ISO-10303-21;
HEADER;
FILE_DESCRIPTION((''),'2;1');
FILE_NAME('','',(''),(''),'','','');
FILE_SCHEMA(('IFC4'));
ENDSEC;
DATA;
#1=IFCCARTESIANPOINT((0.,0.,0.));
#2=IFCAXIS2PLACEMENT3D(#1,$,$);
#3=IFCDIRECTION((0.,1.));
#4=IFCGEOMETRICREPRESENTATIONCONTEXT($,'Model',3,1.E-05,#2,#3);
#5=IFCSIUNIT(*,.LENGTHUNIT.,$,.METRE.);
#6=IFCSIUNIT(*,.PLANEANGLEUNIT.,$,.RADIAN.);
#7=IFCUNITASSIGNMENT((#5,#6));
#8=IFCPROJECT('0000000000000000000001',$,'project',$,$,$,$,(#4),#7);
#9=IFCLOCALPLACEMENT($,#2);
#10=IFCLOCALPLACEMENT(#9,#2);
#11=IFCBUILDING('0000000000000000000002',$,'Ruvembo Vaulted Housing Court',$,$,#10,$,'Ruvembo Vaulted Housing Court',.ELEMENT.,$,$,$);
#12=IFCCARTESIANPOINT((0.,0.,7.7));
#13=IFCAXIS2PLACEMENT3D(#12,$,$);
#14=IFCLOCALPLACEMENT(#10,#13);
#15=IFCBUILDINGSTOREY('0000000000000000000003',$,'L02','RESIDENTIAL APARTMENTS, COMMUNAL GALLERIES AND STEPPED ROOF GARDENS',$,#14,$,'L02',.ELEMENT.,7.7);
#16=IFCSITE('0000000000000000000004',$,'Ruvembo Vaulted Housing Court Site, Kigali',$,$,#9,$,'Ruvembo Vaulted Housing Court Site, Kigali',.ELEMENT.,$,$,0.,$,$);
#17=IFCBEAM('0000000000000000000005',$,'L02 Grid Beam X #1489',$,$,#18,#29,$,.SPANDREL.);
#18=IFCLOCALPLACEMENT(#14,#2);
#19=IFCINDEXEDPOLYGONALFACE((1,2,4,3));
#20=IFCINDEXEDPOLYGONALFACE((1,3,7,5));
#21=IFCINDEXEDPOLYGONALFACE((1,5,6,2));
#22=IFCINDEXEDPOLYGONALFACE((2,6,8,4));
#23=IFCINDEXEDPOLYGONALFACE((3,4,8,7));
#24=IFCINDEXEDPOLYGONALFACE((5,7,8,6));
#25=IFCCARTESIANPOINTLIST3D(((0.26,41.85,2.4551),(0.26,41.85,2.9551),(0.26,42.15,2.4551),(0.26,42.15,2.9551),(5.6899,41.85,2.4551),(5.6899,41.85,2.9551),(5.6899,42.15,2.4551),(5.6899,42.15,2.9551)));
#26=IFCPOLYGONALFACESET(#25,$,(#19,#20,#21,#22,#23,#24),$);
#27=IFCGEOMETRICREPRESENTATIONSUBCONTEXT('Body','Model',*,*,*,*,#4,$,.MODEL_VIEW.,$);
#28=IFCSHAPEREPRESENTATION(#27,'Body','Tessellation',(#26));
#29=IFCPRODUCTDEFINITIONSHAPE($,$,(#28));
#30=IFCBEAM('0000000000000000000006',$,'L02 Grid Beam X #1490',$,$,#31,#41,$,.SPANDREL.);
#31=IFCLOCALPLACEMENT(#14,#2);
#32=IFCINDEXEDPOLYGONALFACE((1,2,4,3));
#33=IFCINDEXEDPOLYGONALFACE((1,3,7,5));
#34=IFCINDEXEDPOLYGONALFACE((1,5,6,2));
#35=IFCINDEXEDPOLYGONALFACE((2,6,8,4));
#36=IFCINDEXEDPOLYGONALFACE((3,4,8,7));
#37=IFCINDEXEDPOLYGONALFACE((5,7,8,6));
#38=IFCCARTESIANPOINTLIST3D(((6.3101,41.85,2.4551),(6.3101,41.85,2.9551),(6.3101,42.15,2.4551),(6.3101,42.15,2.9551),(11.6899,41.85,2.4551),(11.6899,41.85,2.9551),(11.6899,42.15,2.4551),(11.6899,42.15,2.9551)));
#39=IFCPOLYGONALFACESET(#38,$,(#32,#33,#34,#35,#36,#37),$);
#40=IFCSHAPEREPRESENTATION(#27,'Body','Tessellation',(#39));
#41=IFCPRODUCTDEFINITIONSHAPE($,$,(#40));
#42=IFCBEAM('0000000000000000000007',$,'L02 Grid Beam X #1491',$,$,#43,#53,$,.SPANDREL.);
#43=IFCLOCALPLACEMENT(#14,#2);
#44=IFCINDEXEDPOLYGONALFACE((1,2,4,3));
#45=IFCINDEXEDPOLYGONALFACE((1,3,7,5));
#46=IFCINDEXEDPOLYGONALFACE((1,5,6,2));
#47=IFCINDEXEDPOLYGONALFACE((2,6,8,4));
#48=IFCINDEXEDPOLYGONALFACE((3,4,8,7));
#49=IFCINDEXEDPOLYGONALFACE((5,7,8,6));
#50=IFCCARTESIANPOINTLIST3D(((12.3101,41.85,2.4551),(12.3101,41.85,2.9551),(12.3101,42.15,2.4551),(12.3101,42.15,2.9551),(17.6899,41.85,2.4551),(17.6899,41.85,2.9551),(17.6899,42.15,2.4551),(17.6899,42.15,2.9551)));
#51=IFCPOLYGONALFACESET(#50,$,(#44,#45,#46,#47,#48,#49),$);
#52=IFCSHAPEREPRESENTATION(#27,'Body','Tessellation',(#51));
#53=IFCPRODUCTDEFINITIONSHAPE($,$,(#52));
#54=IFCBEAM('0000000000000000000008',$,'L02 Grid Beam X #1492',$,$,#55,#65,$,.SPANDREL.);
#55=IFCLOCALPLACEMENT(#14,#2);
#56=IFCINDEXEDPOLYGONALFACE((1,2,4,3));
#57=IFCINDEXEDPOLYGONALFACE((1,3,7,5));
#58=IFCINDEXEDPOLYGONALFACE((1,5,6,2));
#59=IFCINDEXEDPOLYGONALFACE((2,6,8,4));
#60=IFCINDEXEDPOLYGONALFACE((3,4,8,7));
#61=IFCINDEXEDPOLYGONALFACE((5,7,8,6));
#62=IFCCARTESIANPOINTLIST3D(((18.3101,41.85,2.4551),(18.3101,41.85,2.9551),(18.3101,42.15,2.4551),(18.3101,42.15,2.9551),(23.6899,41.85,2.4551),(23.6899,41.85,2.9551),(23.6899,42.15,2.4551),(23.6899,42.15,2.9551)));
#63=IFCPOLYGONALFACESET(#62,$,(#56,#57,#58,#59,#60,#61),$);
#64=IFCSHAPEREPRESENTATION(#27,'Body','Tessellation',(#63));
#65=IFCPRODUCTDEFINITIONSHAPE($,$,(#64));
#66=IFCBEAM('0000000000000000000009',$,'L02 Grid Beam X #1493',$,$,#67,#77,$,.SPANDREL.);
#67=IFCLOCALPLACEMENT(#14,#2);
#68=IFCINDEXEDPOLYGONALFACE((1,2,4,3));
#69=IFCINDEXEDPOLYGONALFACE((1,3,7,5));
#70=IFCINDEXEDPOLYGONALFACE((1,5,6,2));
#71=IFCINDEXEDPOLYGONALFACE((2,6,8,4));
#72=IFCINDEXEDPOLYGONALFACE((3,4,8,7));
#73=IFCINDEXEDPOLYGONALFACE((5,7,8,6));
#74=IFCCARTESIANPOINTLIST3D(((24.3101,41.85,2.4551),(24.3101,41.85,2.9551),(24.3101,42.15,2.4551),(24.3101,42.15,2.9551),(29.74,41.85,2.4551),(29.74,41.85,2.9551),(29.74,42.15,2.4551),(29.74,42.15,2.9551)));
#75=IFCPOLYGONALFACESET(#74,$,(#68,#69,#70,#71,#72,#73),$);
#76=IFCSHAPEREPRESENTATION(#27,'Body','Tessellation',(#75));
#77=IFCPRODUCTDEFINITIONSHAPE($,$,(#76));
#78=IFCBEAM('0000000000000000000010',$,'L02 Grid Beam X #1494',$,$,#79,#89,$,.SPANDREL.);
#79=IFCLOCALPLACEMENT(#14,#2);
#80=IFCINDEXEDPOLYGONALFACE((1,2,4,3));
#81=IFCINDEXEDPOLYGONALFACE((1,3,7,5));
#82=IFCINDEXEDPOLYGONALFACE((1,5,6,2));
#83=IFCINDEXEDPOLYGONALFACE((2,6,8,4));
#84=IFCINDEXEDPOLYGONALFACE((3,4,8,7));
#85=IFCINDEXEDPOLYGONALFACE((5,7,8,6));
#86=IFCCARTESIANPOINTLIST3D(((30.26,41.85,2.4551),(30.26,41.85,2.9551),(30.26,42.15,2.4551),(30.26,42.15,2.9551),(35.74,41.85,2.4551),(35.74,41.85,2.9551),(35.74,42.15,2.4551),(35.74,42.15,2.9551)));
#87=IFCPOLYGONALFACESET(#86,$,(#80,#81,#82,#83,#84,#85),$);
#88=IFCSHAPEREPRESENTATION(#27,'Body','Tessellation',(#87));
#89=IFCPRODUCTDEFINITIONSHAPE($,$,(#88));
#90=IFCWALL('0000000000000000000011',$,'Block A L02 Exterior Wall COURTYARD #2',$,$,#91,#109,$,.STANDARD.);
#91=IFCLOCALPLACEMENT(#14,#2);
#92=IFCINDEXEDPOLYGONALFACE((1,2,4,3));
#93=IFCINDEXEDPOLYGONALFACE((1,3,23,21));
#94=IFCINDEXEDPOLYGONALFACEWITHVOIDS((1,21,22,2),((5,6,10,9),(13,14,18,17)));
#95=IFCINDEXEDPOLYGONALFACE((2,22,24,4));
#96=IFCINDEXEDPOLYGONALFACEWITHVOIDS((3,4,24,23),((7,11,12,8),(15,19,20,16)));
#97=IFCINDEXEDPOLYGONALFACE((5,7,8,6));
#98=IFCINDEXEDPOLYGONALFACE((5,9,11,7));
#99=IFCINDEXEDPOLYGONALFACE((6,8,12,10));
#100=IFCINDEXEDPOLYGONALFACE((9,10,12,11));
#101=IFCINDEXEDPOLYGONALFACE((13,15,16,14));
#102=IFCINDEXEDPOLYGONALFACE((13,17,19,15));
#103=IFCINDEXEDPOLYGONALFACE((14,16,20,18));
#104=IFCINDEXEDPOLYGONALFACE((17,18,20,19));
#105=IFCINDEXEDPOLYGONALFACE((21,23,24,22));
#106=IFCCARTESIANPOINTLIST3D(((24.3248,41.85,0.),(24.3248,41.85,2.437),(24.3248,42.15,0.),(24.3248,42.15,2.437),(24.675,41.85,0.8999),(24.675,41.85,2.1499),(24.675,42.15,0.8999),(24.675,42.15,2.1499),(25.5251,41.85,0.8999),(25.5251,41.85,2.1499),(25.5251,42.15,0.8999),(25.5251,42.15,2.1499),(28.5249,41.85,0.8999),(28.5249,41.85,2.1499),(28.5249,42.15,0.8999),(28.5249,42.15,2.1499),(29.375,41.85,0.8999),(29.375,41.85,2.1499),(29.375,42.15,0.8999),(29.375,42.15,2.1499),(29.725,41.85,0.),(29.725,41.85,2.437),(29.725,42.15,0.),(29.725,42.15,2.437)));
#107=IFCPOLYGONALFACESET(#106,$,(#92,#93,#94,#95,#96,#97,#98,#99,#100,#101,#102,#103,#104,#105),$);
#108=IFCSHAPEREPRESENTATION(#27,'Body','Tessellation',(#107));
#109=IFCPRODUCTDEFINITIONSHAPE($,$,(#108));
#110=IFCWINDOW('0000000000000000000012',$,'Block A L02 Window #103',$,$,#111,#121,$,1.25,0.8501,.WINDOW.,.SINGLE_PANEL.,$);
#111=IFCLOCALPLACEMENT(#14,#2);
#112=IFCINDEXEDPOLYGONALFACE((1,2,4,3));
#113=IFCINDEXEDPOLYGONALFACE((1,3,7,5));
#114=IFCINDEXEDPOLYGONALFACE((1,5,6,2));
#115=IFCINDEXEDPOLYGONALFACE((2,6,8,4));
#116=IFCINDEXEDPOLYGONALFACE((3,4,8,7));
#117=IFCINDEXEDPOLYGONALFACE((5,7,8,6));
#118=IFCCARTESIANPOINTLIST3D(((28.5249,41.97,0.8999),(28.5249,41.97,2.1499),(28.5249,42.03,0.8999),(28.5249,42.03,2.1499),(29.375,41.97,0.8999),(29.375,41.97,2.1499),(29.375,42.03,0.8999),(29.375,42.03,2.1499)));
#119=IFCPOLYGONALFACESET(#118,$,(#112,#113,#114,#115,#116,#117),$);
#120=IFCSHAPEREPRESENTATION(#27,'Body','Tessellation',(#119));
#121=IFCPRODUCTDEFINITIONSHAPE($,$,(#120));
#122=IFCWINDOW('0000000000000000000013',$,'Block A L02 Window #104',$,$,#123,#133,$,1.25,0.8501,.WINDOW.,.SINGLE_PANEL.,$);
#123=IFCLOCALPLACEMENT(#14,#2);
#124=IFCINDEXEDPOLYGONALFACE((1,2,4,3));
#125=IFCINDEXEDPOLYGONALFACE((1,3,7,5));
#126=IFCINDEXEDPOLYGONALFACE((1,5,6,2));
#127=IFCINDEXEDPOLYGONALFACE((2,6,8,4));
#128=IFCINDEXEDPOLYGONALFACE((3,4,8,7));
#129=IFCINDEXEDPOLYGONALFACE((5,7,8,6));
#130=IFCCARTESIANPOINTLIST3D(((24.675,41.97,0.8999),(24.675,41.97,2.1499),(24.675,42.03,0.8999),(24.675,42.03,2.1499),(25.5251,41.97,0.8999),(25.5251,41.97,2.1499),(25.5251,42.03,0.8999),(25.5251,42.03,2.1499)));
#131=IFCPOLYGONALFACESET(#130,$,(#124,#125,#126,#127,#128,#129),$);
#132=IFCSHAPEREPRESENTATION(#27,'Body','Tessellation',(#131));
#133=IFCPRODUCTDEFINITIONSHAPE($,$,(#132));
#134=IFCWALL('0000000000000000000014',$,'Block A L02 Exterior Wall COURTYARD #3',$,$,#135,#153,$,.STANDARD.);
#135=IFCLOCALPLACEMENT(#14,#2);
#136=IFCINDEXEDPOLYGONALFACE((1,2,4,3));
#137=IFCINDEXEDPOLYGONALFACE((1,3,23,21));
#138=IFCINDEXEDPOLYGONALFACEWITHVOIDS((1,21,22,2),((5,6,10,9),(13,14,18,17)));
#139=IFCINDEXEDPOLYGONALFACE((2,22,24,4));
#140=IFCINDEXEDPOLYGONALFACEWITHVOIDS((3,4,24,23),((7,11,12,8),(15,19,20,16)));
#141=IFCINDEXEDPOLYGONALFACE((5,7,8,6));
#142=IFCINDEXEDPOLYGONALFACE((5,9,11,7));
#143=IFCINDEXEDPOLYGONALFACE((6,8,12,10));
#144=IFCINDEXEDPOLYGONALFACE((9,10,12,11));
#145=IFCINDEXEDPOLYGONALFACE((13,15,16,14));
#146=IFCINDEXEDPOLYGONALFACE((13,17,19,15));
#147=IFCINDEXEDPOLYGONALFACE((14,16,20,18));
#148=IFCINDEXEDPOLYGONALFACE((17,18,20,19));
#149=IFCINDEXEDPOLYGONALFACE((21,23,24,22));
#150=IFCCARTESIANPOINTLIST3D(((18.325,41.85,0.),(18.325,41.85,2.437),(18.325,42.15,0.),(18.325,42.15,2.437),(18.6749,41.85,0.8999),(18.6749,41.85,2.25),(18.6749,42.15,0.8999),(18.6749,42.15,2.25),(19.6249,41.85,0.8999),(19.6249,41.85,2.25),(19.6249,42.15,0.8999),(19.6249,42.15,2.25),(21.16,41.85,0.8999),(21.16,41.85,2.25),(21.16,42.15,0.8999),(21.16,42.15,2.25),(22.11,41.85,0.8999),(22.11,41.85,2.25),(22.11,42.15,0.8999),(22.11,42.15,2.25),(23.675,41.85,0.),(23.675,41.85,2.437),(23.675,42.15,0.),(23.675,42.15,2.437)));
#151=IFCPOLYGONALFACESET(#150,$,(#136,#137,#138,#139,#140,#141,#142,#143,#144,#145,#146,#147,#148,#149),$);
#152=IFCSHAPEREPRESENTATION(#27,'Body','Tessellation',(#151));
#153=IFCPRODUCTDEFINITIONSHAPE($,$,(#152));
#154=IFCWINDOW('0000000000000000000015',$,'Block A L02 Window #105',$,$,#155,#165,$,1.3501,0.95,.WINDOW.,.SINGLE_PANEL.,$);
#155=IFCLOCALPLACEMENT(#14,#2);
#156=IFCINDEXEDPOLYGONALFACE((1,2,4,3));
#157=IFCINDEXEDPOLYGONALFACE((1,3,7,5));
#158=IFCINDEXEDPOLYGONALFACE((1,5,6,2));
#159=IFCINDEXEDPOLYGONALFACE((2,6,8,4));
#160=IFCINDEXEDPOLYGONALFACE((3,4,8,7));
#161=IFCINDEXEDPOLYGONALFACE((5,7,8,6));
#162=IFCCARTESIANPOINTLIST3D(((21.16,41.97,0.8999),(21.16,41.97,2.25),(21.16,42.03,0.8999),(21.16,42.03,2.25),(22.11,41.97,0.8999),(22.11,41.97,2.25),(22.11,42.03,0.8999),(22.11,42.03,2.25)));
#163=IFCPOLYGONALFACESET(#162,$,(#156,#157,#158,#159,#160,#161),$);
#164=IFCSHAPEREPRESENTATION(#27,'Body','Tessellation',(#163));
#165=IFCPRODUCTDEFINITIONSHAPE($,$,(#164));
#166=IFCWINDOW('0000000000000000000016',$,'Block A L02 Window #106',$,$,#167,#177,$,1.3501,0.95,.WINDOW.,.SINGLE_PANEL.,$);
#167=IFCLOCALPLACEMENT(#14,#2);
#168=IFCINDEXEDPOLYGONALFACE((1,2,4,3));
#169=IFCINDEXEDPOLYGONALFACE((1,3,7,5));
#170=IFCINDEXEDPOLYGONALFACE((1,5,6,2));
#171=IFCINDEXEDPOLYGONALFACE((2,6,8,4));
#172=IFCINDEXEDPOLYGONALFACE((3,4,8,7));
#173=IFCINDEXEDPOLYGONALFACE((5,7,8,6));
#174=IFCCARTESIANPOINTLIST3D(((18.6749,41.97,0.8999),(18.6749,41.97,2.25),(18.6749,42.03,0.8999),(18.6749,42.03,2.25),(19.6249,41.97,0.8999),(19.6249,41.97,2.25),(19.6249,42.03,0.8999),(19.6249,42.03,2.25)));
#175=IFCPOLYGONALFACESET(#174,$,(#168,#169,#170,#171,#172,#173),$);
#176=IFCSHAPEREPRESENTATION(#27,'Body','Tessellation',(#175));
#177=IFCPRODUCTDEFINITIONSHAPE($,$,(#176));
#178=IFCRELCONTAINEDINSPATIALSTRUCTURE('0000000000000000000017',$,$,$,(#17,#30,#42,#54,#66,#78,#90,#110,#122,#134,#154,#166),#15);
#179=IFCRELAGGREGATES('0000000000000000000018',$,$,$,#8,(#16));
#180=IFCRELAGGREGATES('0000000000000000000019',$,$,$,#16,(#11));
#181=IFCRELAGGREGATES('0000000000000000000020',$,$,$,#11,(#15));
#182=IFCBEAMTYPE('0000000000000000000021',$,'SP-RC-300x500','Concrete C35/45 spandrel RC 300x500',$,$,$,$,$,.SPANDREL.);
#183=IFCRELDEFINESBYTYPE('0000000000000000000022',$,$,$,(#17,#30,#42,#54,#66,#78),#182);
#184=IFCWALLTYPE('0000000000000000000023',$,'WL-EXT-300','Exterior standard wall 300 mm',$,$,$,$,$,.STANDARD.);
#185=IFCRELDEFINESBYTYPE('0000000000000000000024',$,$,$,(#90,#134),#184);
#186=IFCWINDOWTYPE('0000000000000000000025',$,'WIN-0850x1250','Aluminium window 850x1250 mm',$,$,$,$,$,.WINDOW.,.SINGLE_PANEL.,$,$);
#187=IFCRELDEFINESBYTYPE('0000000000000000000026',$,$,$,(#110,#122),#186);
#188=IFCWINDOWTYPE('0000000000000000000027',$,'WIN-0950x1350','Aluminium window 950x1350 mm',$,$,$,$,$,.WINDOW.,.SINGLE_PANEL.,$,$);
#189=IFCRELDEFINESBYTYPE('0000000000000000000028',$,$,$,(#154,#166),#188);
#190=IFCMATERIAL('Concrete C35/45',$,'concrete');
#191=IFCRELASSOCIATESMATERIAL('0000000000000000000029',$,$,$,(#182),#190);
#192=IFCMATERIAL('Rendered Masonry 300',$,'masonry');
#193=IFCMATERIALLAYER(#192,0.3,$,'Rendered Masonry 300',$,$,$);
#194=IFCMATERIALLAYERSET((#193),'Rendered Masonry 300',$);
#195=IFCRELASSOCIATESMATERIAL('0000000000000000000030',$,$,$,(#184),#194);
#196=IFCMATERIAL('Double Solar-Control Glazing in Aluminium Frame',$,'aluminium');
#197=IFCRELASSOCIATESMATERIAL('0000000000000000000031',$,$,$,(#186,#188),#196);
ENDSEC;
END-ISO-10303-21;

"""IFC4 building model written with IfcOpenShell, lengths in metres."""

from ifc_helpers import new_model, si_unit, direction, frame, frame_2d, origin, origin_2d, place, context, subcontext, project, spatial, rectangle, extrude, material, layer, layer_set, material_profile, profile_set, type_object, element, fill, save


model = new_model("IFC4")

# Units and contexts
model_context = context("Model", 3, precision=1e-05, world=origin(), true_north=direction((0.0, 1.0)))
body_context = subcontext(model_context, "Body", "Model", "MODEL_VIEW")
ifc_project = project(units=[si_unit("LENGTHUNIT", "METRE"), si_unit("PLANEANGLEUNIT", "RADIAN")], contexts=[model_context])

# Site, building, storey
site_placement = place(None, origin())
site = spatial("IfcSite", under=ifc_project, at=site_placement, Name="Ruvembo Vaulted Housing Court Site, Kigali", LongName="Ruvembo Vaulted Housing Court Site, Kigali", CompositionType="ELEMENT", RefElevation=0.0)
building_placement = place(site_placement, origin())
building = spatial("IfcBuilding", under=site, at=building_placement, Name="Ruvembo Vaulted Housing Court", LongName="Ruvembo Vaulted Housing Court", CompositionType="ELEMENT")
storey_placement = place(building_placement, frame((0.0, 0.0, 7.7)))
storey = spatial("IfcBuildingStorey", under=building, at=storey_placement, Name="L02", Description="RESIDENTIAL APARTMENTS, COMMUNAL GALLERIES AND STEPPED ROOF GARDENS", LongName="L02", CompositionType="ELEMENT", Elevation=7.7)

# Beams
ifc_material_1 = material(Name="Concrete C35/45", Category="concrete")
ifc_material_profile_1 = material_profile(ifc_material_1, rectangle(XDim=0.3, YDim=0.5, at=origin_2d()), Name="RC 300x500")
ifc_profile_set_1 = profile_set([ifc_material_profile_1], Name="Concrete C35/45")
beam_type_1 = type_object("IfcBeamType", Name="SP-RC-300x500", Description="Concrete C35/45 spandrel RC 300x500", PredefinedType="SPANDREL", material=ifc_profile_set_1)
beam_1_placement = place(storey_placement, frame((0.26, 42.0, 2.7051), z_axis=(1.0, 0.0, 0.0), x_axis=(0.0, 1.0, 0.0)))
element("IfcBeam", 1, at=beam_1_placement, inside=storey, type_object=beam_type_1, Name="L02 Grid Beam X #1489", PredefinedType="SPANDREL", context=body_context, shape_type="SweptSolid", body=[
    extrude(rectangle(XDim=0.3, YDim=0.5, at=origin_2d()), origin(), (0.0, 0.0, 1.0), 5.4299),
])
for number, where, z_axis, x_axis, name in (
    (2, (6.3101, 42.0, 2.7051), (1.0, 0.0, 0.0), (0.0, 1.0, 0.0), "L02 Grid Beam X #1490"),
    (3, (12.3101, 42.0, 2.7051), (1.0, 0.0, 0.0), (0.0, 1.0, 0.0), "L02 Grid Beam X #1491"),
    (4, (18.3101, 42.0, 2.7051), (1.0, 0.0, 0.0), (0.0, 1.0, 0.0), "L02 Grid Beam X #1492"),
):
    element("IfcBeam", number, at=place(storey_placement, frame(where, z_axis=z_axis, x_axis=x_axis)), inside=storey, type_object=beam_type_1, Name=name, PredefinedType="SPANDREL", context=body_context, shape_type="SweptSolid", body=[
        extrude(rectangle(XDim=0.3, YDim=0.5, at=origin_2d()), origin(), (0.0, 0.0, 1.0), 5.3799),
    ])
beam_2_placement = place(storey_placement, frame((24.3101, 42.0, 2.7051), z_axis=(1.0, 0.0, 0.0), x_axis=(0.0, 1.0, 0.0)))
element("IfcBeam", 5, at=beam_2_placement, inside=storey, type_object=beam_type_1, Name="L02 Grid Beam X #1493", PredefinedType="SPANDREL", context=body_context, shape_type="SweptSolid", body=[
    extrude(rectangle(XDim=0.3, YDim=0.5, at=origin_2d()), origin(), (0.0, 0.0, 1.0), 5.4299),
])
beam_3_placement = place(storey_placement, frame((30.26, 42.0, 2.7051), z_axis=(1.0, 0.0, 0.0), x_axis=(0.0, 1.0, 0.0)))
element("IfcBeam", 6, at=beam_3_placement, inside=storey, type_object=beam_type_1, Name="L02 Grid Beam X #1494", PredefinedType="SPANDREL", context=body_context, shape_type="SweptSolid", body=[
    extrude(rectangle(XDim=0.3, YDim=0.5, at=origin_2d()), origin(), (0.0, 0.0, 1.0), 5.48),
])

# Walls, openings, windows
ifc_material_2 = material(Name="Rendered Masonry 300", Category="masonry")
ifc_layer = layer(ifc_material_2, 0.3, Name="Rendered Masonry 300")
ifc_layer_set = layer_set([ifc_layer], Name="Rendered Masonry 300")
wall_type = type_object("IfcWallType", Name="WL-EXT-300", Description="Exterior standard wall 300 mm", PredefinedType="STANDARD", material=ifc_layer_set)
wall_1_placement = place(storey_placement, frame((29.7251, 42.0, 0.0), z_axis=(0.0, 0.0, 1.0), x_axis=(-1.0, 0.0, 0.0)))
wall_1 = element("IfcWall", 7, at=wall_1_placement, inside=storey, type_object=wall_type, Name="Block A L02 Exterior Wall COURTYARD #2", PredefinedType="STANDARD", context=body_context, shape_type="SweptSolid", body=[
    extrude(rectangle(XDim=5.4001, YDim=0.3, at=frame_2d((2.7002, 0.0))), origin(), (0.0, 0.0, 1.0), 2.437),
])
opening_1_placement = place(wall_1_placement, frame((0.3501, 0.0, 0.8999)))
opening_1 = element("IfcOpeningElement", 8, at=opening_1_placement, cuts=wall_1, PredefinedType="OPENING", context=body_context, shape_type="SweptSolid", body=[
    extrude(rectangle(XDim=0.8501, YDim=1.25, at=frame_2d((0.425, 0.625))), frame((0.0, 0.1599, 0.0), z_axis=(0.0, -1.0, 0.0), x_axis=(1.0, 0.0, 0.0)), (0.0, 0.0, 1.0), 0.3201),
])
opening_2_placement = place(wall_1_placement, frame((4.2, 0.0, 0.8999)))
opening_2 = element("IfcOpeningElement", 9, at=opening_2_placement, cuts=wall_1, PredefinedType="OPENING", context=body_context, shape_type="SweptSolid", body=[
    extrude(rectangle(XDim=0.8501, YDim=1.25, at=frame_2d((0.425, 0.625))), frame((0.0, 0.1599, 0.0), z_axis=(0.0, -1.0, 0.0), x_axis=(1.0, 0.0, 0.0)), (0.0, 0.0, 1.0), 0.3201),
])
ifc_material_3 = material(Name="Double Solar-Control Glazing in Aluminium Frame", Category="aluminium")
window_type_1 = type_object("IfcWindowType", Name="WIN-0850x1250", Description="Aluminium window 850x1250 mm", PartitioningType="SINGLE_PANEL", PredefinedType="WINDOW", material=ifc_material_3)
window_1_placement = place(opening_1_placement, origin())
window_1 = element("IfcWindow", 10, at=window_1_placement, inside=storey, type_object=window_type_1, Name="Block A L02 Window #103", OverallHeight=1.25, OverallWidth=0.8501, PartitioningType="SINGLE_PANEL", PredefinedType="WINDOW", context=body_context, shape_type="SweptSolid", body=[
    extrude(rectangle(XDim=0.8501, YDim=1.25, at=frame_2d((0.425, 0.625))), frame((0.0, 0.03, 0.0), z_axis=(0.0, -1.0, 0.0), x_axis=(1.0, 0.0, 0.0)), (0.0, 0.0, 1.0), 0.0601),
])
fill(opening_1, window_1)
window_2_placement = place(opening_2_placement, origin())
window_2 = element("IfcWindow", 11, at=window_2_placement, inside=storey, type_object=window_type_1, Name="Block A L02 Window #104", OverallHeight=1.25, OverallWidth=0.8501, PartitioningType="SINGLE_PANEL", PredefinedType="WINDOW", context=body_context, shape_type="SweptSolid", body=[
    extrude(rectangle(XDim=0.8501, YDim=1.25, at=frame_2d((0.425, 0.625))), frame((0.0, 0.03, 0.0), z_axis=(0.0, -1.0, 0.0), x_axis=(1.0, 0.0, 0.0)), (0.0, 0.0, 1.0), 0.0601),
])
fill(opening_2, window_2)
wall_2_placement = place(storey_placement, frame((23.675, 42.0, 0.0), z_axis=(0.0, 0.0, 1.0), x_axis=(-1.0, 0.0, 0.0)))
wall_2 = element("IfcWall", 12, at=wall_2_placement, inside=storey, type_object=wall_type, Name="Block A L02 Exterior Wall COURTYARD #3", PredefinedType="STANDARD", context=body_context, shape_type="SweptSolid", body=[
    extrude(rectangle(XDim=5.3501, YDim=0.3, at=frame_2d((2.675, 0.0))), origin(), (0.0, 0.0, 1.0), 2.437),
])
opening_3_placement = place(wall_2_placement, frame((1.5649, 0.0, 0.8999)))
opening_3 = element("IfcOpeningElement", 13, at=opening_3_placement, cuts=wall_2, PredefinedType="OPENING", context=body_context, shape_type="SweptSolid", body=[
    extrude(rectangle(XDim=0.95, YDim=1.3501, at=frame_2d((0.4751, 0.675))), frame((0.0, 0.1599, 0.0), z_axis=(0.0, -1.0, 0.0), x_axis=(1.0, 0.0, 0.0)), (0.0, 0.0, 1.0), 0.3201),
])
opening_4_placement = place(wall_2_placement, frame((4.05, 0.0, 0.8999)))
opening_4 = element("IfcOpeningElement", 14, at=opening_4_placement, cuts=wall_2, PredefinedType="OPENING", context=body_context, shape_type="SweptSolid", body=[
    extrude(rectangle(XDim=0.95, YDim=1.3501, at=frame_2d((0.4751, 0.675))), frame((0.0, 0.1599, 0.0), z_axis=(0.0, -1.0, 0.0), x_axis=(1.0, 0.0, 0.0)), (0.0, 0.0, 1.0), 0.3201),
])
window_type_2 = type_object("IfcWindowType", Name="WIN-0950x1350", Description="Aluminium window 950x1350 mm", PartitioningType="SINGLE_PANEL", PredefinedType="WINDOW", material=ifc_material_3)
window_3_placement = place(opening_3_placement, origin())
window_3 = element("IfcWindow", 15, at=window_3_placement, inside=storey, type_object=window_type_2, Name="Block A L02 Window #105", OverallHeight=1.3501, OverallWidth=0.95, PartitioningType="SINGLE_PANEL", PredefinedType="WINDOW", context=body_context, shape_type="SweptSolid", body=[
    extrude(rectangle(XDim=0.95, YDim=1.3501, at=frame_2d((0.4751, 0.675))), frame((0.0, 0.03, 0.0), z_axis=(0.0, -1.0, 0.0), x_axis=(1.0, 0.0, 0.0)), (0.0, 0.0, 1.0), 0.0601),
])
fill(opening_3, window_3)
window_4_placement = place(opening_4_placement, origin())
window_4 = element("IfcWindow", 16, at=window_4_placement, inside=storey, type_object=window_type_2, Name="Block A L02 Window #106", OverallHeight=1.3501, OverallWidth=0.95, PartitioningType="SINGLE_PANEL", PredefinedType="WINDOW", context=body_context, shape_type="SweptSolid", body=[
    extrude(rectangle(XDim=0.95, YDim=1.3501, at=frame_2d((0.4751, 0.675))), frame((0.0, 0.03, 0.0), z_axis=(0.0, -1.0, 0.0), x_axis=(1.0, 0.0, 0.0)), (0.0, 0.0, 1.0), 0.0601),
])
fill(opening_4, window_4)

save(model, "model.ifc")
